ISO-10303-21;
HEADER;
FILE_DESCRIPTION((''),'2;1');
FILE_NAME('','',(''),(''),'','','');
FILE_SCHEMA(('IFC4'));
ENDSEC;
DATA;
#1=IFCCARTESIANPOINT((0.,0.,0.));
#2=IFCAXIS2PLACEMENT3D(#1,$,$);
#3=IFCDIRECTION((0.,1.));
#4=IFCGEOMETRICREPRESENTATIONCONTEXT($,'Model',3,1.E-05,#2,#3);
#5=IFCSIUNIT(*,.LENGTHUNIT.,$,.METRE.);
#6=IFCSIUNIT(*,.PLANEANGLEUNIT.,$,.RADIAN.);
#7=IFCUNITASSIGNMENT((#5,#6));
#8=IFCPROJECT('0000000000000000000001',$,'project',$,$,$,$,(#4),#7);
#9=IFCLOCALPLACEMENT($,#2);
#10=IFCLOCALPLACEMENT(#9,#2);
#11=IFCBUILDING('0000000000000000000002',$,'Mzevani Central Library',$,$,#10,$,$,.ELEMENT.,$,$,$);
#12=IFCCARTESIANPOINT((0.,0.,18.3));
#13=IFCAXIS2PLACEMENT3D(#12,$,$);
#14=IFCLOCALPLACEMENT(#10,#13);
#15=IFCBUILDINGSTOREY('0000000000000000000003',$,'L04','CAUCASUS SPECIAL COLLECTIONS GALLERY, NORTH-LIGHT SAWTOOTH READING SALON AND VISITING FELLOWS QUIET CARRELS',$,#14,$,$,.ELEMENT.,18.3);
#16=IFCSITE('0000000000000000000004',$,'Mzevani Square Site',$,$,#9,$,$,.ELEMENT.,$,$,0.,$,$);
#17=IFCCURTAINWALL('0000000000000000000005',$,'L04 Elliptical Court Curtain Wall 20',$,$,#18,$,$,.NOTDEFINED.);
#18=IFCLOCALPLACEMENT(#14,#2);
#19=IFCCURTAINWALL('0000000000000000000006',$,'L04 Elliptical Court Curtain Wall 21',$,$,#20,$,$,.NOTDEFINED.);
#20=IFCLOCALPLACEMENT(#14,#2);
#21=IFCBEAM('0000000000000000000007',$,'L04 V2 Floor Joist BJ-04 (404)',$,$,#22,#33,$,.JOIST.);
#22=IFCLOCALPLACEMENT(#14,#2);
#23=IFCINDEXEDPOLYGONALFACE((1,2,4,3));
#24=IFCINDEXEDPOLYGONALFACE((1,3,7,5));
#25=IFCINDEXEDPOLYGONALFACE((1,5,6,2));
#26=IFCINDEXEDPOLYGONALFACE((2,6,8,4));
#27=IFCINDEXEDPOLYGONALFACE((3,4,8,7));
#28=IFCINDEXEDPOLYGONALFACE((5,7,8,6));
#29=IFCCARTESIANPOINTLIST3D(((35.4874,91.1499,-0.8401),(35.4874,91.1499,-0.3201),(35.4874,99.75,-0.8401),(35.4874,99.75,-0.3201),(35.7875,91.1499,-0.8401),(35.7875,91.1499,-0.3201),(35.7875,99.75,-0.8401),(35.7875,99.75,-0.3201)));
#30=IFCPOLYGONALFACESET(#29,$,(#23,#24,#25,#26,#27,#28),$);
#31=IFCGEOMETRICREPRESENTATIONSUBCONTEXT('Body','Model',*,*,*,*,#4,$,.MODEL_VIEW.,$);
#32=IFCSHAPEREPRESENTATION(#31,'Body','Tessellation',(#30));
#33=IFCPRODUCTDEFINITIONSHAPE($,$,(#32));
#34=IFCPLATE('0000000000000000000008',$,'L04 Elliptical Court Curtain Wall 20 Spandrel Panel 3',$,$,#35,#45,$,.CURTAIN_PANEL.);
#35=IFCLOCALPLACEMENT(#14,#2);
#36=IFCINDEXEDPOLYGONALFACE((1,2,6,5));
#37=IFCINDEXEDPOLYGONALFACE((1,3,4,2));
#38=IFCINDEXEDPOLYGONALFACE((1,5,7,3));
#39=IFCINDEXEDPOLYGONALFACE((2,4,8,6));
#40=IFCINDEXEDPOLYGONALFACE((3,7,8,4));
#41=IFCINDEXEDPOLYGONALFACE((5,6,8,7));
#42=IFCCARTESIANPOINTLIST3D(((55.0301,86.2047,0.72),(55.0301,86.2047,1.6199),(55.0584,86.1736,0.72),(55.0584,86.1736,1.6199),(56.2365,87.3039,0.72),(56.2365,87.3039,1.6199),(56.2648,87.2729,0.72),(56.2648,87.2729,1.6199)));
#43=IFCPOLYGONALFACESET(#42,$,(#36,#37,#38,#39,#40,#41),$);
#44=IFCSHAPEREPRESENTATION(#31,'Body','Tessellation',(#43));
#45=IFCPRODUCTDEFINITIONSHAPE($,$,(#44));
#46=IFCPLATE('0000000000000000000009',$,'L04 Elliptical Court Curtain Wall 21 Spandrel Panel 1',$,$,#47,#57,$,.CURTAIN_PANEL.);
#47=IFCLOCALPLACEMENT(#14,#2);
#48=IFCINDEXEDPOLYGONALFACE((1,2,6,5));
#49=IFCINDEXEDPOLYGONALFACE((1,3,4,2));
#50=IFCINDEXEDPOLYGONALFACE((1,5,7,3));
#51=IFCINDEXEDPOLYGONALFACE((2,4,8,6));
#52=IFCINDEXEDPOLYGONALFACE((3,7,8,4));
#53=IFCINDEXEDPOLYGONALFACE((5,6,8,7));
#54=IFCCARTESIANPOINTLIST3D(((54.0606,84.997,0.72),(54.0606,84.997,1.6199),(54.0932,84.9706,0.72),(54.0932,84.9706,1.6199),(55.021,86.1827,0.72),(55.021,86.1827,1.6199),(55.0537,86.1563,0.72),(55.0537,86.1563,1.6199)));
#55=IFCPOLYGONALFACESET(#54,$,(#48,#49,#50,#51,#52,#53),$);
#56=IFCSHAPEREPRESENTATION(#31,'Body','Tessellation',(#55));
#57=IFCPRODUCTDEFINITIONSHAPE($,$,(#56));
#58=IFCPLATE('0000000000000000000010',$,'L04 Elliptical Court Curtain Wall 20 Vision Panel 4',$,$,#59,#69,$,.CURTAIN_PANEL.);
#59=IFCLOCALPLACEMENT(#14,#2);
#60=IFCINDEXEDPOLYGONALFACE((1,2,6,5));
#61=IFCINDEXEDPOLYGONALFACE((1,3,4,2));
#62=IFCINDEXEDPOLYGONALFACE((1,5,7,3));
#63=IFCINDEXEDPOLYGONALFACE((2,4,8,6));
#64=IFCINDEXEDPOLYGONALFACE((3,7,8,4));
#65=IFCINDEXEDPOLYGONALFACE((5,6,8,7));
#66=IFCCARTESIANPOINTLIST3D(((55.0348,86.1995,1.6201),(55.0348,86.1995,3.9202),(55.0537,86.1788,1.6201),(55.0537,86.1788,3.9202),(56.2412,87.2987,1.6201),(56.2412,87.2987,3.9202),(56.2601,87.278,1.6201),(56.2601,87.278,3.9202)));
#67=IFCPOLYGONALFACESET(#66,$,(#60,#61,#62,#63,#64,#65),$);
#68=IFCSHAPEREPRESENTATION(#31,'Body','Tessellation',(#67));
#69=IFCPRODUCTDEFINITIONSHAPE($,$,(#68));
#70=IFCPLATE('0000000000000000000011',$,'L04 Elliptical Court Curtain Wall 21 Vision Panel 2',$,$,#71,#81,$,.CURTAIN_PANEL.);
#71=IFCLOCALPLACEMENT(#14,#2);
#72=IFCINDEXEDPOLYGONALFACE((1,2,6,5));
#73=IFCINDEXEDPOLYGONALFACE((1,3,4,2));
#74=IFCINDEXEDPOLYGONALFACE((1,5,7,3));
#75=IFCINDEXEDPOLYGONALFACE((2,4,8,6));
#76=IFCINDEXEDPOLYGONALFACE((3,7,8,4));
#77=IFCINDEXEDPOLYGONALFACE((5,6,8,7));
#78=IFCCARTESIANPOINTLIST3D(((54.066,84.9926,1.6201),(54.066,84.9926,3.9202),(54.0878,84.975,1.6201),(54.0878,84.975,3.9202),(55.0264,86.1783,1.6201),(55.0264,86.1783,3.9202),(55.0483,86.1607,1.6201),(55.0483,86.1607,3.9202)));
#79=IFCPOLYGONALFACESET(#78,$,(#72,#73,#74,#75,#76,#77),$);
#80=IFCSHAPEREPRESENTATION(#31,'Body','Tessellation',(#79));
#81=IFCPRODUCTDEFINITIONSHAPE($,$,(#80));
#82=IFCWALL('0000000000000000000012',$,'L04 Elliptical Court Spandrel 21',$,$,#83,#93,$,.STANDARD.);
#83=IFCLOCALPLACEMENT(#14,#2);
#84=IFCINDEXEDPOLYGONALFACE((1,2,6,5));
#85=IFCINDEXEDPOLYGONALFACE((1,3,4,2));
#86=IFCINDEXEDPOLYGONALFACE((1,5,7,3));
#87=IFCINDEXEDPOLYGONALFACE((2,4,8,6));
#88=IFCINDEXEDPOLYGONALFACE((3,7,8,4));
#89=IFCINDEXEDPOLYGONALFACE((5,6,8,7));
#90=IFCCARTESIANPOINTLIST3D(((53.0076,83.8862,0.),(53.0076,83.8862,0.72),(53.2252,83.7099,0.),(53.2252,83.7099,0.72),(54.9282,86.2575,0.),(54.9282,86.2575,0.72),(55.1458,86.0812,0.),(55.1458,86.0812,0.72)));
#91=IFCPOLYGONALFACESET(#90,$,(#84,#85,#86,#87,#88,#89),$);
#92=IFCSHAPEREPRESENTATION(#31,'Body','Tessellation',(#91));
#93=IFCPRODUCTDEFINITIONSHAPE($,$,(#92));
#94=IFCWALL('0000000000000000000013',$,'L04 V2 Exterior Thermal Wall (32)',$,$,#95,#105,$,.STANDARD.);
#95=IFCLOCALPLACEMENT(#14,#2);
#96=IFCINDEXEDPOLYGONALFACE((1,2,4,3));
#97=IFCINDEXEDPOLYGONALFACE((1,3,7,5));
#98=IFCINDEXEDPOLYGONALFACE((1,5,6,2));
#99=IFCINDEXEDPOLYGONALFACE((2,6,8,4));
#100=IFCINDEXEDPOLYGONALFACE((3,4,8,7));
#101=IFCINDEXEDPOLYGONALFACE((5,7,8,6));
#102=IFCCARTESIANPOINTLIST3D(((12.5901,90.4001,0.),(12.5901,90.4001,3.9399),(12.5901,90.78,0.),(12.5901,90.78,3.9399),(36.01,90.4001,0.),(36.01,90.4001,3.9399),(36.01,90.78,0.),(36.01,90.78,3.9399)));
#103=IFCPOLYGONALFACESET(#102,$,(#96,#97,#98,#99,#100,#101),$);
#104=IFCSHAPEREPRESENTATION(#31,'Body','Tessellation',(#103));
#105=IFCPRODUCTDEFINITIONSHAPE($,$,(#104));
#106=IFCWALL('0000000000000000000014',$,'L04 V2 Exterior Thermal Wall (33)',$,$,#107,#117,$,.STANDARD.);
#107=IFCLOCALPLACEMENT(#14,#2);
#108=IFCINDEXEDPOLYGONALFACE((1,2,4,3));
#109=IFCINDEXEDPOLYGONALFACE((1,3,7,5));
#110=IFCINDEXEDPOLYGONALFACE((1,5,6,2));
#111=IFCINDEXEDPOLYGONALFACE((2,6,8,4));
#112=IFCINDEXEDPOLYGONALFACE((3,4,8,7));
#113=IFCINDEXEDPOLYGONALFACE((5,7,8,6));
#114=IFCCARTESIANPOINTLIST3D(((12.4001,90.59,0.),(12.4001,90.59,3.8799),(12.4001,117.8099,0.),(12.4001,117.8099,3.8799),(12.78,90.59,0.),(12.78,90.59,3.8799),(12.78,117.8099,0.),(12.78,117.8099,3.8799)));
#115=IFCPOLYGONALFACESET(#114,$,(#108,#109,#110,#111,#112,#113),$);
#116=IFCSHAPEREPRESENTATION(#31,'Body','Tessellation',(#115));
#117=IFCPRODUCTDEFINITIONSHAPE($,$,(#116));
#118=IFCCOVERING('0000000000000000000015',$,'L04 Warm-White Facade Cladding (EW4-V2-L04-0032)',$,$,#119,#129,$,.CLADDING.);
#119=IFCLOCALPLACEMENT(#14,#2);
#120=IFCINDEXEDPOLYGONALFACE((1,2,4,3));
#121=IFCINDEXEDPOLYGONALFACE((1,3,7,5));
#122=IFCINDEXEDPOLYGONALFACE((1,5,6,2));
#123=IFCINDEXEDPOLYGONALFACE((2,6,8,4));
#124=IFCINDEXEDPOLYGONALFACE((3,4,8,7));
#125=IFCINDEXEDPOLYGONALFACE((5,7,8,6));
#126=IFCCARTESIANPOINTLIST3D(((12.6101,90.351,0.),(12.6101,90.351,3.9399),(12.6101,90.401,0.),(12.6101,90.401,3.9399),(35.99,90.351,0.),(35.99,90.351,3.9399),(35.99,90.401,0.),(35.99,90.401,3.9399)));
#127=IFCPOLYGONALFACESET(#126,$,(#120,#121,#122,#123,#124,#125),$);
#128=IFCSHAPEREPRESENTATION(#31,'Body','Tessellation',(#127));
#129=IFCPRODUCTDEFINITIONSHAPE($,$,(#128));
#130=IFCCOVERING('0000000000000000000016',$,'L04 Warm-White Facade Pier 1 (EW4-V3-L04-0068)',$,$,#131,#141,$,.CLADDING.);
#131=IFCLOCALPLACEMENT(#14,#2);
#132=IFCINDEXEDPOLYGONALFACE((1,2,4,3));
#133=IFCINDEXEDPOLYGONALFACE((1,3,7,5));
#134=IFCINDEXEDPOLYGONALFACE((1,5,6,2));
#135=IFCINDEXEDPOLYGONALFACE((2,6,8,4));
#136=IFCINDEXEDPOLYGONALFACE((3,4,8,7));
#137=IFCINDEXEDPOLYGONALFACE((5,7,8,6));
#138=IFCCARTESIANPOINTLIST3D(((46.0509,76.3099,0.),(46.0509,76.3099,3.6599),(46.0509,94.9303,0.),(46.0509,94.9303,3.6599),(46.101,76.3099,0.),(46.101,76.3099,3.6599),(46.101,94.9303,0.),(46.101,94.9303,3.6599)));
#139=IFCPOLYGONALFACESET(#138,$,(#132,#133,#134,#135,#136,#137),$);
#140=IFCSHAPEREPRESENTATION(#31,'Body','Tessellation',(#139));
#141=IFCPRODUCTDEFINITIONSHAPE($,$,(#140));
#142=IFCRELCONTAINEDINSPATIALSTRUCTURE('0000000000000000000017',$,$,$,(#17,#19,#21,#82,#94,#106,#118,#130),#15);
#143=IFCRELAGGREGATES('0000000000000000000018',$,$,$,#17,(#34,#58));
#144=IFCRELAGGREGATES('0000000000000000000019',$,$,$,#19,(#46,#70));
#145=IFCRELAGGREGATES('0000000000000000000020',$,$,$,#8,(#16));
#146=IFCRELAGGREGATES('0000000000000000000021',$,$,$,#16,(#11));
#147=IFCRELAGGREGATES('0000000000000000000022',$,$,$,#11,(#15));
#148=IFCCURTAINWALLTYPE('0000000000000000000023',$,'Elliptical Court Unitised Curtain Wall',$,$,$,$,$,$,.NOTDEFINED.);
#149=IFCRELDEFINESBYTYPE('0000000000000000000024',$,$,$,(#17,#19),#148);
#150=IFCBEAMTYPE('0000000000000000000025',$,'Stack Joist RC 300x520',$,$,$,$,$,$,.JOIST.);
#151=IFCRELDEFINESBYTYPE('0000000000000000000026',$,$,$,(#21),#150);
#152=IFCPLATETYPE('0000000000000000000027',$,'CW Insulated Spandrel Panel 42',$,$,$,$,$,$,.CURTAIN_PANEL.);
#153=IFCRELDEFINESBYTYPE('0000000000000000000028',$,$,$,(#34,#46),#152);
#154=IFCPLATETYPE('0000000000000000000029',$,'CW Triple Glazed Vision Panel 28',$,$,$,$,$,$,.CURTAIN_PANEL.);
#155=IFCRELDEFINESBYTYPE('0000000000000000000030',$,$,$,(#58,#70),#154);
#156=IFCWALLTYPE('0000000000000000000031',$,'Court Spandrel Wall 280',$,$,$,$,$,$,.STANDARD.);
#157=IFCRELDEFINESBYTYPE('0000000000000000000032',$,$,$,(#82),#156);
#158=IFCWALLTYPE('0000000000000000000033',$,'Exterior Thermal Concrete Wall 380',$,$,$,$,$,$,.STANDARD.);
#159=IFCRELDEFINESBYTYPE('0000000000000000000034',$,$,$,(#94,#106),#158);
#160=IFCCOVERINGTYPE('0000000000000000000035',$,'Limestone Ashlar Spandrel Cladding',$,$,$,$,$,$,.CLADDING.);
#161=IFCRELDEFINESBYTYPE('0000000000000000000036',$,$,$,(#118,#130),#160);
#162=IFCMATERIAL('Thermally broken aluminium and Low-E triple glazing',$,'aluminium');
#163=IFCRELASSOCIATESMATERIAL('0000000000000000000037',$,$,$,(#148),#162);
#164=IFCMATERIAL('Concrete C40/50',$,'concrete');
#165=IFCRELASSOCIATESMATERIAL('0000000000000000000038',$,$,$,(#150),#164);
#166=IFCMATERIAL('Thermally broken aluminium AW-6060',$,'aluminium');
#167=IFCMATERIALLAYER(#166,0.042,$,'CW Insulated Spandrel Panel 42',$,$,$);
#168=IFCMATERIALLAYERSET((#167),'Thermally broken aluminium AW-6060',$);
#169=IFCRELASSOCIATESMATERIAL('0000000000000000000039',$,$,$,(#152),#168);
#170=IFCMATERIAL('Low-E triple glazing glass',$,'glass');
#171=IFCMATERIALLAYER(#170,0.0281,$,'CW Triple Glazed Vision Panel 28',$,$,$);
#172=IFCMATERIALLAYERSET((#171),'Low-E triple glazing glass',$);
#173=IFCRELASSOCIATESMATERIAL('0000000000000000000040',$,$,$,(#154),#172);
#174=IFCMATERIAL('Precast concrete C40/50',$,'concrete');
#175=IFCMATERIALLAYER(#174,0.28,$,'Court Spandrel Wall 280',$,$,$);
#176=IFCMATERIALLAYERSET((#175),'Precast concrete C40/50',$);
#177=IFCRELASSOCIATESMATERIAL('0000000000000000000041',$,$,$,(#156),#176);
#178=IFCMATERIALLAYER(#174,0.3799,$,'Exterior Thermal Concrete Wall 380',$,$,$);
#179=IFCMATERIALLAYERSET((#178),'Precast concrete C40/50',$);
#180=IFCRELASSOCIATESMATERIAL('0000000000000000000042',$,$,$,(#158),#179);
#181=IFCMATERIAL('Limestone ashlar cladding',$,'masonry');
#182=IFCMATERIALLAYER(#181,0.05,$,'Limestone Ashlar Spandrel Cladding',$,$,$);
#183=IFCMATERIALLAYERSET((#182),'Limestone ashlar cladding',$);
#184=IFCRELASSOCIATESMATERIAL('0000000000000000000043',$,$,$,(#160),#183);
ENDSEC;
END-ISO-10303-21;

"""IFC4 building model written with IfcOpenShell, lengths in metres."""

from ifc_helpers import new_model, si_unit, direction, frame, frame_2d, origin, origin_2d, place, context, subcontext, project, spatial, rectangle, extrude, material, layer, layer_set, material_profile, profile_set, type_object, element, aggregate, save


model = new_model("IFC4")

# Units and contexts
model_context = context("Model", 3, precision=1e-05, world=origin(), true_north=direction((0.0, 1.0)))
body_context = subcontext(model_context, "Body", "Model", "MODEL_VIEW")
ifc_project = project(units=[si_unit("LENGTHUNIT", "METRE"), si_unit("PLANEANGLEUNIT", "RADIAN")], contexts=[model_context])

# Site, building, storey
site_placement = place(None, origin())
site = spatial("IfcSite", under=ifc_project, at=site_placement, Name="Mzevani Square Site", CompositionType="ELEMENT", RefElevation=0.0)
building_placement = place(site_placement, origin())
building = spatial("IfcBuilding", under=site, at=building_placement, Name="Mzevani Central Library", CompositionType="ELEMENT")
storey_placement = place(building_placement, frame((0.0, 0.0, 18.3)))
storey = spatial("IfcBuildingStorey", under=building, at=storey_placement, Name="L04", Description="CAUCASUS SPECIAL COLLECTIONS GALLERY, NORTH-LIGHT SAWTOOTH READING SALON AND VISITING FELLOWS QUIET CARRELS", CompositionType="ELEMENT", Elevation=18.3)

# Shared definitions
ifc_material_1 = material(Name="Concrete C40/50", Category="concrete")

# Curtain wall
ifc_material_2 = material(Name="Thermally broken aluminium and Low-E triple glazing", Category="aluminium")
curtain_wall_type = type_object("IfcCurtainWallType", Name="Elliptical Court Unitised Curtain Wall", PredefinedType="NOTDEFINED", material=ifc_material_2)
curtain_wall_1_placement = place(storey_placement, origin())
curtain_wall_1 = element("IfcCurtainWall", 1, at=curtain_wall_1_placement, inside=storey, type_object=curtain_wall_type, Name="L04 Elliptical Court Curtain Wall 20", PredefinedType="NOTDEFINED")
ifc_material_3 = material(Name="Thermally broken aluminium AW-6060", Category="aluminium")

# Curtain wall
curtain_wall_2_placement = place(storey_placement, origin())
curtain_wall_2 = element("IfcCurtainWall", 2, at=curtain_wall_2_placement, inside=storey, type_object=curtain_wall_type, Name="L04 Elliptical Court Curtain Wall 21", PredefinedType="NOTDEFINED")

# Beam
ifc_material_4 = material(Name="Precast concrete C40/50", Category="concrete")
ifc_material_profile_1 = material_profile(ifc_material_1, rectangle(XDim=0.3, YDim=0.52, at=origin_2d()), Name="RC J300x520")
ifc_profile_set_1 = profile_set([ifc_material_profile_1], Name="Concrete C40/50")
beam_type_1 = type_object("IfcBeamType", Name="Stack Joist RC 300x520", PredefinedType="JOIST", material=ifc_profile_set_1)
beam_1_placement = place(storey_placement, frame((35.6375, 91.1499, -0.5801), z_axis=(0.0, 1.0, 0.0), x_axis=(-1.0, 0.0, 0.0)))
element("IfcBeam", 3, at=beam_1_placement, inside=storey, type_object=beam_type_1, Name="L04 V2 Floor Joist BJ-04 (404)", PredefinedType="JOIST", context=body_context, shape_type="SweptSolid", body=[
    extrude(rectangle(XDim=0.3, YDim=0.52, at=origin_2d()), origin(), (0.0, 0.0, 1.0), 8.6001),
])

# Plates
ifc_layer_1 = layer(ifc_material_3, 0.042, Name="CW Insulated Spandrel Panel 42")
ifc_layer_set_1 = layer_set([ifc_layer_1], Name="Thermally broken aluminium AW-6060")
plate_type_1 = type_object("IfcPlateType", Name="CW Insulated Spandrel Panel 42", PredefinedType="CURTAIN_PANEL", material=ifc_layer_set_1)
plate_1_placement = place(storey_placement, frame((55.6475, 86.7388, 0.72), z_axis=(0.0, 0.0, 1.0), x_axis=(-0.739187, -0.6735, 0.0)))
plate_1 = element("IfcPlate", 4, at=plate_1_placement, type_object=plate_type_1, Name="L04 Elliptical Court Curtain Wall 20 Spandrel Panel 3", PredefinedType="CURTAIN_PANEL", context=body_context, shape_type="SweptSolid", body=[
    extrude(rectangle(XDim=1.6321, YDim=0.042, at=origin_2d()), origin(), (0.0, 0.0, 1.0), 0.8999),
])
plate_2_placement = place(storey_placement, frame((54.5571, 85.5767, 0.72), z_axis=(0.0, 0.0, 1.0), x_axis=(-0.629428, -0.777059, 0.0)))
plate_2 = element("IfcPlate", 5, at=plate_2_placement, type_object=plate_type_1, Name="L04 Elliptical Court Curtain Wall 21 Spandrel Panel 1", PredefinedType="CURTAIN_PANEL", context=body_context, shape_type="SweptSolid", body=[
    extrude(rectangle(XDim=1.5259, YDim=0.042, at=origin_2d()), origin(), (0.0, 0.0, 1.0), 0.8999),
])
ifc_material_5 = material(Name="Low-E triple glazing glass", Category="glass")
ifc_layer_2 = layer(ifc_material_5, 0.0281, Name="CW Triple Glazed Vision Panel 28")
ifc_layer_set_2 = layer_set([ifc_layer_2], Name="Low-E triple glazing glass")
plate_type_2 = type_object("IfcPlateType", Name="CW Triple Glazed Vision Panel 28", PredefinedType="CURTAIN_PANEL", material=ifc_layer_set_2)
plate_3_placement = place(storey_placement, frame((55.6475, 86.7388, 1.6201), z_axis=(0.0, 0.0, 1.0), x_axis=(-0.739187, -0.6735, 0.0)))
plate_3 = element("IfcPlate", 6, at=plate_3_placement, type_object=plate_type_2, Name="L04 Elliptical Court Curtain Wall 20 Vision Panel 4", PredefinedType="CURTAIN_PANEL", context=body_context, shape_type="SweptSolid", body=[
    extrude(rectangle(XDim=1.6321, YDim=0.0281, at=origin_2d()), origin(), (0.0, 0.0, 1.0), 2.3),
])
aggregate(curtain_wall_1, [plate_1, plate_3])
plate_4_placement = place(storey_placement, frame((54.5571, 85.5767, 1.6201), z_axis=(0.0, 0.0, 1.0), x_axis=(-0.629428, -0.777059, 0.0)))
plate_4 = element("IfcPlate", 7, at=plate_4_placement, type_object=plate_type_2, Name="L04 Elliptical Court Curtain Wall 21 Vision Panel 2", PredefinedType="CURTAIN_PANEL", context=body_context, shape_type="SweptSolid", body=[
    extrude(rectangle(XDim=1.5259, YDim=0.0281, at=origin_2d()), origin(), (0.0, 0.0, 1.0), 2.3),
])
aggregate(curtain_wall_2, [plate_2, plate_4])

# Walls
ifc_layer_3 = layer(ifc_material_4, 0.28, Name="Court Spandrel Wall 280")
ifc_layer_set_3 = layer_set([ifc_layer_3], Name="Precast concrete C40/50")
wall_type_1 = type_object("IfcWallType", Name="Court Spandrel Wall 280", PredefinedType="STANDARD", material=ifc_layer_set_3)
wall_1_placement = place(storey_placement, frame((55.0371, 86.1694, 0.0), z_axis=(0.0, 0.0, 1.0), x_axis=(-0.629396, -0.777085, 0.0)))
element("IfcWall", 8, at=wall_1_placement, inside=storey, type_object=wall_type_1, Name="L04 Elliptical Court Spandrel 21", PredefinedType="STANDARD", context=body_context, shape_type="SweptSolid", body=[
    extrude(rectangle(XDim=3.0515, YDim=0.28, at=frame_2d((1.5259, 0.0))), origin(), (0.0, 0.0, 1.0), 0.72),
])
ifc_layer_4 = layer(ifc_material_4, 0.3799, Name="Exterior Thermal Concrete Wall 380")
ifc_layer_set_4 = layer_set([ifc_layer_4], Name="Precast concrete C40/50")
wall_type_2 = type_object("IfcWallType", Name="Exterior Thermal Concrete Wall 380", PredefinedType="STANDARD", material=ifc_layer_set_4)
wall_2_placement = place(storey_placement, frame((36.01, 90.5901, 0.0), z_axis=(0.0, 0.0, 1.0), x_axis=(-1.0, 0.0, 0.0)))
element("IfcWall", 9, at=wall_2_placement, inside=storey, type_object=wall_type_2, Name="L04 V2 Exterior Thermal Wall (32)", PredefinedType="STANDARD", context=body_context, shape_type="SweptSolid", body=[
    extrude(rectangle(XDim=23.4199, YDim=0.3799, at=frame_2d((11.71, 0.0))), origin(), (0.0, 0.0, 1.0), 3.9399),
])
wall_3_placement = place(storey_placement, frame((12.5901, 90.5901, 0.0), z_axis=(0.0, 0.0, 1.0), x_axis=(0.0, 1.0, 0.0)))
element("IfcWall", 10, at=wall_3_placement, inside=storey, type_object=wall_type_2, Name="L04 V2 Exterior Thermal Wall (33)", PredefinedType="STANDARD", context=body_context, shape_type="SweptSolid", body=[
    extrude(rectangle(XDim=27.22, YDim=0.3799, at=frame_2d((13.6099, 0.0))), origin(), (0.0, 0.0, 1.0), 3.8799),
])

# Coverings
ifc_material_6 = material(Name="Limestone ashlar cladding", Category="masonry")
ifc_layer_5 = layer(ifc_material_6, 0.05, Name="Limestone Ashlar Spandrel Cladding")
ifc_layer_set_5 = layer_set([ifc_layer_5], Name="Limestone ashlar cladding")
covering_type = type_object("IfcCoveringType", Name="Limestone Ashlar Spandrel Cladding", PredefinedType="CLADDING", material=ifc_layer_set_5)
covering_1_placement = place(storey_placement, frame((24.3, 90.376, 0.0), z_axis=(0.0, 0.0, 1.0), x_axis=(-1.0, 0.0, 0.0)))
element("IfcCovering", 11, at=covering_1_placement, inside=storey, type_object=covering_type, Name="L04 Warm-White Facade Cladding (EW4-V2-L04-0032)", PredefinedType="CLADDING", context=body_context, shape_type="SweptSolid", body=[
    extrude(rectangle(XDim=23.3799, YDim=0.05, at=origin_2d()), origin(), (0.0, 0.0, 1.0), 3.9399),
])
covering_2_placement = place(storey_placement, frame((46.0759, 85.6201, 0.0), z_axis=(0.0, 0.0, 1.0), x_axis=(0.0, 1.0, 0.0)))
element("IfcCovering", 12, at=covering_2_placement, inside=storey, type_object=covering_type, Name="L04 Warm-White Facade Pier 1 (EW4-V3-L04-0068)", PredefinedType="CLADDING", context=body_context, shape_type="SweptSolid", body=[
    extrude(rectangle(XDim=18.6204, YDim=0.05, at=origin_2d()), origin(), (0.0, 0.0, 1.0), 3.6599),
])

save(model, "model.ifc")
